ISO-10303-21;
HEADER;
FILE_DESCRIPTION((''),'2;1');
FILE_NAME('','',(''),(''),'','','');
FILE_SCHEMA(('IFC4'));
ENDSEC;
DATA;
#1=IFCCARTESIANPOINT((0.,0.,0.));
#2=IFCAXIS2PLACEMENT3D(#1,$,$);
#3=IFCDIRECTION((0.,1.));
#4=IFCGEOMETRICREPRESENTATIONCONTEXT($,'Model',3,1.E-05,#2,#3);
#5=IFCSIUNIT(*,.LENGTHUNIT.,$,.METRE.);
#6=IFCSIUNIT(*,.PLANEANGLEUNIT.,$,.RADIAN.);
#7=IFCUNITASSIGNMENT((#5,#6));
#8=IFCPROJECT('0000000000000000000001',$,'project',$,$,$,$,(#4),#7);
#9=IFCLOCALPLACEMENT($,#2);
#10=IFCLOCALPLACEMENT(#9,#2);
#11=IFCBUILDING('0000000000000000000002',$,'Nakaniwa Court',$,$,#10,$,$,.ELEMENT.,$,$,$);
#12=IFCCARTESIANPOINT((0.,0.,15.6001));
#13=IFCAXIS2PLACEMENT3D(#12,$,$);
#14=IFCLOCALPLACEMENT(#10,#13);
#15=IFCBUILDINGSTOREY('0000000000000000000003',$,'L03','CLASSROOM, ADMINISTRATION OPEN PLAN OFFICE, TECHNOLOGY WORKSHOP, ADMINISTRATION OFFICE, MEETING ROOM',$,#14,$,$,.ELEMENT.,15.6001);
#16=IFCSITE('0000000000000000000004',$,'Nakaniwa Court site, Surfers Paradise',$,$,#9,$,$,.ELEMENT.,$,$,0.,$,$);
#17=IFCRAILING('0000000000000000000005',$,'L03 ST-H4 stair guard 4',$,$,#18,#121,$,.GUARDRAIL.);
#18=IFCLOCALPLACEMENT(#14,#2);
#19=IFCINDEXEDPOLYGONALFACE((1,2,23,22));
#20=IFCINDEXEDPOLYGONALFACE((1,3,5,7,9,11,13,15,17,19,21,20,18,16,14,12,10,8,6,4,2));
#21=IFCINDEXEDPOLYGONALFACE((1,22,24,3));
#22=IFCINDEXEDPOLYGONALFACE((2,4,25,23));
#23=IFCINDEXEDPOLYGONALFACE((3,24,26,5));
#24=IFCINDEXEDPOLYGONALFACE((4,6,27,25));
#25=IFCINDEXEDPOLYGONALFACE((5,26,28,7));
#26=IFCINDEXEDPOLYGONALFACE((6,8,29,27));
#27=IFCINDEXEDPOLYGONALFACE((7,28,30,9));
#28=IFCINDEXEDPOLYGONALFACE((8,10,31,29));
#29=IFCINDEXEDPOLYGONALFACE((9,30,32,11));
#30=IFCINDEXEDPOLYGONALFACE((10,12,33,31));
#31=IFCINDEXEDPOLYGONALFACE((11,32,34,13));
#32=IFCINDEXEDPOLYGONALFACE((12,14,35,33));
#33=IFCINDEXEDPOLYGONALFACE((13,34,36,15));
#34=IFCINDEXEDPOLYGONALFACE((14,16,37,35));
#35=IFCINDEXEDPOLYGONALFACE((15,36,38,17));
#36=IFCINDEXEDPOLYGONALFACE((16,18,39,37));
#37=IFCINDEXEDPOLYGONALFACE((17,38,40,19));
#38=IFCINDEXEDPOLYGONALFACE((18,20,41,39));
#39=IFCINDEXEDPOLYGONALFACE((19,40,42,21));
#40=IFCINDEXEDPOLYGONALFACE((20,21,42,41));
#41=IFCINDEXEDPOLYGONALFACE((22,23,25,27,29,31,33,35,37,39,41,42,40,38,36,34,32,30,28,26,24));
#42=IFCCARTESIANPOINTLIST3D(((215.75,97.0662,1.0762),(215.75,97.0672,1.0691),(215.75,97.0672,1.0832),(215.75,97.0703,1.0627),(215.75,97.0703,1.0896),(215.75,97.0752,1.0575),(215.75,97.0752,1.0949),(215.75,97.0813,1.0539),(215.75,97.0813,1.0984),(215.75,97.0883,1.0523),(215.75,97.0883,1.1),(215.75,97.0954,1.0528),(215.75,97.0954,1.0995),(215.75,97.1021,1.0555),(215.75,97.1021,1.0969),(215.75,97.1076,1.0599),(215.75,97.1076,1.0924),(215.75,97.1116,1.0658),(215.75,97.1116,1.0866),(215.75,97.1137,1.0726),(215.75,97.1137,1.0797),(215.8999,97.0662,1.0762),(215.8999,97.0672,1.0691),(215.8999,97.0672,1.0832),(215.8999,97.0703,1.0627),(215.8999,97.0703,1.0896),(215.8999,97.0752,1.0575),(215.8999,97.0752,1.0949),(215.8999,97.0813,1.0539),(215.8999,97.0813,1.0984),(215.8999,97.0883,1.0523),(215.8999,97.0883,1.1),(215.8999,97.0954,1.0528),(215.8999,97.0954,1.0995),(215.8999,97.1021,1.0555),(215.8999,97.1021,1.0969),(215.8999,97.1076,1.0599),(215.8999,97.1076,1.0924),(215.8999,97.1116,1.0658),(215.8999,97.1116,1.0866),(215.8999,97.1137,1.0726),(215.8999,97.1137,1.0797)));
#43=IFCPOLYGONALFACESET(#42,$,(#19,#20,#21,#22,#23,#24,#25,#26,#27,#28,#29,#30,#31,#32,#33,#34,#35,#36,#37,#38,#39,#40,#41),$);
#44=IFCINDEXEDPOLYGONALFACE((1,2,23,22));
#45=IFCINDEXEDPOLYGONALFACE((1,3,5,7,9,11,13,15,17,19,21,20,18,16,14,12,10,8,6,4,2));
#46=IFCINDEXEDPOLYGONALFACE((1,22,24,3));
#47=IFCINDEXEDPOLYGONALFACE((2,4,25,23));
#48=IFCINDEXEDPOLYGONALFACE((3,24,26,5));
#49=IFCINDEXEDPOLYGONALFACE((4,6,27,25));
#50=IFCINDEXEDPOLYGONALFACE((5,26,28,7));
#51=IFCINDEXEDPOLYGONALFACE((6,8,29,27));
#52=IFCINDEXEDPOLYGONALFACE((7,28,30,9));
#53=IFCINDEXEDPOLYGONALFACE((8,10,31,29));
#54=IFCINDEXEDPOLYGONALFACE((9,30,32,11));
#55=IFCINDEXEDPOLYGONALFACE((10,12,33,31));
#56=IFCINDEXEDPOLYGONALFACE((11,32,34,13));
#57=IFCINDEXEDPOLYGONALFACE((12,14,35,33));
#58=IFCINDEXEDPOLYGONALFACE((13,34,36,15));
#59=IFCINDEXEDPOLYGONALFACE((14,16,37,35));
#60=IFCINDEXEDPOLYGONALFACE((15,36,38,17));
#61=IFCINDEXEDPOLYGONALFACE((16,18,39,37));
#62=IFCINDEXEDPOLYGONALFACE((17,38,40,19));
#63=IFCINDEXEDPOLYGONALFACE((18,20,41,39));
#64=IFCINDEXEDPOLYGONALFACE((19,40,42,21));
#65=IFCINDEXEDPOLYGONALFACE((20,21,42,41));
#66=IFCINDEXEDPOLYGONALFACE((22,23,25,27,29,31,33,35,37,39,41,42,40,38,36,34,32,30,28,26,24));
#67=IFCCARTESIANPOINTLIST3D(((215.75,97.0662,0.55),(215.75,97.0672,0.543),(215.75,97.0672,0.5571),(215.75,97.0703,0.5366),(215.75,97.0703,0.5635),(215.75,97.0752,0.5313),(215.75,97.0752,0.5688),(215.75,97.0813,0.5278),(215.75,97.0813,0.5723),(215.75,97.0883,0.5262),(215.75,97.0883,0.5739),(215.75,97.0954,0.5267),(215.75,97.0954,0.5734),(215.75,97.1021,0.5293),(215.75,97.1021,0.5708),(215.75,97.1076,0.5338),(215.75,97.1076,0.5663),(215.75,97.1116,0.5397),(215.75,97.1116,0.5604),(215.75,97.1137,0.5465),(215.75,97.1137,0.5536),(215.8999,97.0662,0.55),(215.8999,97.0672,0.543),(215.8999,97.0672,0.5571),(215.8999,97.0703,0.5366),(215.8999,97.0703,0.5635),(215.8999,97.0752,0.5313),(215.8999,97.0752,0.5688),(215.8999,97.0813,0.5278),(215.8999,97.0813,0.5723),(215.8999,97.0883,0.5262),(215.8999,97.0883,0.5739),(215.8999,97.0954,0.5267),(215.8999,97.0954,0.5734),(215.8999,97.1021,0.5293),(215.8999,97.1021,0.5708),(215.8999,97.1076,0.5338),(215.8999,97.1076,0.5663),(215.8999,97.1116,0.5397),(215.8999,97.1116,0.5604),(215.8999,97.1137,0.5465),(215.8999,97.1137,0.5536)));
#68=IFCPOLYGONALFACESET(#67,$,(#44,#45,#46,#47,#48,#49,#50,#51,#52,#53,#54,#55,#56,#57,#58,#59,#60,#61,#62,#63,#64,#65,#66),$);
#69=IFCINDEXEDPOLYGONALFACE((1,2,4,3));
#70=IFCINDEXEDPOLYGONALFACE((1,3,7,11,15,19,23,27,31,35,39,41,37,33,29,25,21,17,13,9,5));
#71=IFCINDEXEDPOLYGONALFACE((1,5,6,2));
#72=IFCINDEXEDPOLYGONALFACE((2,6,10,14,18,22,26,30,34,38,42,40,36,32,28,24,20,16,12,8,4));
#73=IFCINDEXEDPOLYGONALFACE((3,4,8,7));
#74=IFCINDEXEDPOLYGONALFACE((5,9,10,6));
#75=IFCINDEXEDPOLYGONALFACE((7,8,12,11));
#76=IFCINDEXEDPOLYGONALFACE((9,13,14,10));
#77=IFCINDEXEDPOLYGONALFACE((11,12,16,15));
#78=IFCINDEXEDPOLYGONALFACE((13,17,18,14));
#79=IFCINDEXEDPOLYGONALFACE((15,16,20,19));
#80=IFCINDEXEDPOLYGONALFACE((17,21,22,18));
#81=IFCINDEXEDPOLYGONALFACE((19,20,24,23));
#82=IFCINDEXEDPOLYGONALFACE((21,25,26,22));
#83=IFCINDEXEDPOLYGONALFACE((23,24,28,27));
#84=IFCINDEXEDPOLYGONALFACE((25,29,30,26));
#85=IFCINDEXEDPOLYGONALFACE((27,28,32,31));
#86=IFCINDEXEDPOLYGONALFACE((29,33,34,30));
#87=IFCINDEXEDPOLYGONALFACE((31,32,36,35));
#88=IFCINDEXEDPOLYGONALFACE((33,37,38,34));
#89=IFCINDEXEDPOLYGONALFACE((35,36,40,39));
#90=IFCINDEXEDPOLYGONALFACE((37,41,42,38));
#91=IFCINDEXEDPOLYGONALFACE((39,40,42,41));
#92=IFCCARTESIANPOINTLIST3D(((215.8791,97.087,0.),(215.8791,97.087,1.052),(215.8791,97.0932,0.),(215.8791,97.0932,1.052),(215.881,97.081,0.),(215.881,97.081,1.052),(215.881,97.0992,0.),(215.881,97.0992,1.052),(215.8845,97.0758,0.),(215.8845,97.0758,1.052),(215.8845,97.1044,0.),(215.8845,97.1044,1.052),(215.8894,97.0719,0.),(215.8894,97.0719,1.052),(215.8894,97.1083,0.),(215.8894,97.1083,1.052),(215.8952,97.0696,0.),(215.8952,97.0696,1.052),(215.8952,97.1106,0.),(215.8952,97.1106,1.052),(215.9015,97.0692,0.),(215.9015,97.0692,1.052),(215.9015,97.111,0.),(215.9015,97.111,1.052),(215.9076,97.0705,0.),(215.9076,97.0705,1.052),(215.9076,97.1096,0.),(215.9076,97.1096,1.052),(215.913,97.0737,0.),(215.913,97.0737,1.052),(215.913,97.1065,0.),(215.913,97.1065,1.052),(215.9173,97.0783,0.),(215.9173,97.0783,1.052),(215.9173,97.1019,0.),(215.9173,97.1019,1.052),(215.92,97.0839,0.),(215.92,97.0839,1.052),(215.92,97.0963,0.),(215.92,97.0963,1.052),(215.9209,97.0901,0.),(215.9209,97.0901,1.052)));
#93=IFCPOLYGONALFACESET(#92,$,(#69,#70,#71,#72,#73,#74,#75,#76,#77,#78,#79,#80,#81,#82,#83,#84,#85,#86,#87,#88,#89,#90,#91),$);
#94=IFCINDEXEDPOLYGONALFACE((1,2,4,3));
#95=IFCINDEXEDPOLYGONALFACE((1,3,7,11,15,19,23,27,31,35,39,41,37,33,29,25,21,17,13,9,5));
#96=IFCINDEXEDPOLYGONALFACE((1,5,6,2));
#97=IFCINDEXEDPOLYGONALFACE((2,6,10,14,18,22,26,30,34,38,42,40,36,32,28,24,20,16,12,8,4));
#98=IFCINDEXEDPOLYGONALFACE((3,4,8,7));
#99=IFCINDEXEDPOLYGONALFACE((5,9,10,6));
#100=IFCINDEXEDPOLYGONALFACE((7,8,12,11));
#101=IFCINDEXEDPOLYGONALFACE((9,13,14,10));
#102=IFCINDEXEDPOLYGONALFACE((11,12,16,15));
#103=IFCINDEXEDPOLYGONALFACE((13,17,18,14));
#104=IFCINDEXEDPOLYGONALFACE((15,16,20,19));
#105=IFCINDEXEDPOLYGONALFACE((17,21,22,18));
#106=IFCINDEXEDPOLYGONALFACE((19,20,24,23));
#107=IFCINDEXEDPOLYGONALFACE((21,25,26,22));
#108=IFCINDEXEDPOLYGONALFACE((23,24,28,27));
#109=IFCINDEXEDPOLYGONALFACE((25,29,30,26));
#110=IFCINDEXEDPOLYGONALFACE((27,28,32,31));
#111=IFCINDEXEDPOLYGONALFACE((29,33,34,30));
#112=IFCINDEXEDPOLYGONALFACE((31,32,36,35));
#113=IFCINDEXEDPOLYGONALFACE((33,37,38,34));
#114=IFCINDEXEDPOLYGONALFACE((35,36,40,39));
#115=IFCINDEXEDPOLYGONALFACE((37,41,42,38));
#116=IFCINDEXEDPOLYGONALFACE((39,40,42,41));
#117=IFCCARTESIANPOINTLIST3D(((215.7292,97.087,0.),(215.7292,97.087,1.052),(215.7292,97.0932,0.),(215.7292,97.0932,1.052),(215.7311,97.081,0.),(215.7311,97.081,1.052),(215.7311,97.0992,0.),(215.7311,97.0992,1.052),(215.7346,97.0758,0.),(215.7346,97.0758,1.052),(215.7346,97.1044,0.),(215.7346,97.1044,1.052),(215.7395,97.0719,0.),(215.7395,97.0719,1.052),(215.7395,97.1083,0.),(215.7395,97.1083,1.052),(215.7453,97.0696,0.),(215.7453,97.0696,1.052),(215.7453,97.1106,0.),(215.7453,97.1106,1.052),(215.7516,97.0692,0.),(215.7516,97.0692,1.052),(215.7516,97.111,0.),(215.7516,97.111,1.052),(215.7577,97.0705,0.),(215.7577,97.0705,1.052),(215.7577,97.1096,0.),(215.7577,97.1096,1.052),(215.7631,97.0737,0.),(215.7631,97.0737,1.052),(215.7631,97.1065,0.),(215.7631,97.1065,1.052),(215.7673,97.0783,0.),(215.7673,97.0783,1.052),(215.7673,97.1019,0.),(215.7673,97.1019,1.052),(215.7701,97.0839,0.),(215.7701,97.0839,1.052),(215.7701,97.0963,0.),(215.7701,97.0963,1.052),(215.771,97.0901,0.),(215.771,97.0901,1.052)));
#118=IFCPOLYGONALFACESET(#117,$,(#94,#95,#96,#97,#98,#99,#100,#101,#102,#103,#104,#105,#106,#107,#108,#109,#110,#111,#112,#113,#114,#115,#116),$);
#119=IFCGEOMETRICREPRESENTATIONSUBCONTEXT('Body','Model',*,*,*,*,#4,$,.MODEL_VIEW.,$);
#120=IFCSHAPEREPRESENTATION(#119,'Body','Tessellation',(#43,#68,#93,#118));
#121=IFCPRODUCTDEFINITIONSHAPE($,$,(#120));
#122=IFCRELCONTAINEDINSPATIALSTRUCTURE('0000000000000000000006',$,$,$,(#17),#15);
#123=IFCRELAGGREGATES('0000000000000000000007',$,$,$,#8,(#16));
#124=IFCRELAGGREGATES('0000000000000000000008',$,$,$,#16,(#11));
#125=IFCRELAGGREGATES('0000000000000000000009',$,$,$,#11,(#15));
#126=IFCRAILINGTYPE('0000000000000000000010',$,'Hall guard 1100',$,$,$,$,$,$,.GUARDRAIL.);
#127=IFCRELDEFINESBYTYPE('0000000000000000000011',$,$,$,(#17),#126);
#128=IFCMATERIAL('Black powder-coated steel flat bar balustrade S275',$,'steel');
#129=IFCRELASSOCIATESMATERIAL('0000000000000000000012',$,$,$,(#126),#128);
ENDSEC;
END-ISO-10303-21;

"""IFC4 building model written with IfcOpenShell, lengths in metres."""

from ifc_helpers import new_model, si_unit, direction, frame, origin, origin_2d, place, context, subcontext, project, spatial, circle, extrude, material, type_object, element, save


model = new_model("IFC4")

# Units and contexts
model_context = context("Model", 3, precision=1e-05, world=origin(), true_north=direction((0.0, 1.0)))
body_context = subcontext(model_context, "Body", "Model", "MODEL_VIEW")
ifc_project = project(units=[si_unit("LENGTHUNIT", "METRE"), si_unit("PLANEANGLEUNIT", "RADIAN")], contexts=[model_context])

# Site, building, storey
site_placement = place(None, origin())
site = spatial("IfcSite", under=ifc_project, at=site_placement, Name="Nakaniwa Court site, Surfers Paradise", CompositionType="ELEMENT", RefElevation=0.0)
building_placement = place(site_placement, origin())
building = spatial("IfcBuilding", under=site, at=building_placement, Name="Nakaniwa Court", CompositionType="ELEMENT")
storey_placement = place(building_placement, frame((0.0, 0.0, 15.6001)))
storey = spatial("IfcBuildingStorey", under=building, at=storey_placement, Name="L03", Description="CLASSROOM, ADMINISTRATION OPEN PLAN OFFICE, TECHNOLOGY WORKSHOP, ADMINISTRATION OFFICE, MEETING ROOM", CompositionType="ELEMENT", Elevation=15.6001)

# Railing
ifc_material_1 = material(Name="Black powder-coated steel flat bar balustrade S275", Category="steel")
railing_type_1 = type_object("IfcRailingType", Name="Hall guard 1100", PredefinedType="GUARDRAIL", material=ifc_material_1)
railing_1_placement = place(storey_placement, frame((215.8999, 97.0901, 0.0)))
element("IfcRailing", 1, at=railing_1_placement, inside=storey, type_object=railing_type_1, Name="L03 ST-H4 stair guard 4", PredefinedType="GUARDRAIL", context=body_context, shape_type="SweptSolid", body=[
    extrude(circle(Radius=0.0239, at=origin_2d()), frame((0.0, 0.0, 1.0762), z_axis=(-1.0, 0.0, 0.0), x_axis=(0.0, -1.0, 0.0)), (0.0, 0.0, 1.0), 0.1499),
    extrude(circle(Radius=0.0239, at=origin_2d()), frame((0.0, 0.0, 0.55), z_axis=(-1.0, 0.0, 0.0), x_axis=(0.0, -1.0, 0.0)), (0.0, 0.0, 1.0), 0.1499),
    extrude(circle(Radius=0.021, at=origin_2d()), origin(), (0.0, 0.0, 1.0), 1.052),
    extrude(circle(Radius=0.021, at=origin_2d()), frame((-0.1499, 0.0, 0.0)), (0.0, 0.0, 1.0), 1.052),
])

save(model, "model.ifc")
